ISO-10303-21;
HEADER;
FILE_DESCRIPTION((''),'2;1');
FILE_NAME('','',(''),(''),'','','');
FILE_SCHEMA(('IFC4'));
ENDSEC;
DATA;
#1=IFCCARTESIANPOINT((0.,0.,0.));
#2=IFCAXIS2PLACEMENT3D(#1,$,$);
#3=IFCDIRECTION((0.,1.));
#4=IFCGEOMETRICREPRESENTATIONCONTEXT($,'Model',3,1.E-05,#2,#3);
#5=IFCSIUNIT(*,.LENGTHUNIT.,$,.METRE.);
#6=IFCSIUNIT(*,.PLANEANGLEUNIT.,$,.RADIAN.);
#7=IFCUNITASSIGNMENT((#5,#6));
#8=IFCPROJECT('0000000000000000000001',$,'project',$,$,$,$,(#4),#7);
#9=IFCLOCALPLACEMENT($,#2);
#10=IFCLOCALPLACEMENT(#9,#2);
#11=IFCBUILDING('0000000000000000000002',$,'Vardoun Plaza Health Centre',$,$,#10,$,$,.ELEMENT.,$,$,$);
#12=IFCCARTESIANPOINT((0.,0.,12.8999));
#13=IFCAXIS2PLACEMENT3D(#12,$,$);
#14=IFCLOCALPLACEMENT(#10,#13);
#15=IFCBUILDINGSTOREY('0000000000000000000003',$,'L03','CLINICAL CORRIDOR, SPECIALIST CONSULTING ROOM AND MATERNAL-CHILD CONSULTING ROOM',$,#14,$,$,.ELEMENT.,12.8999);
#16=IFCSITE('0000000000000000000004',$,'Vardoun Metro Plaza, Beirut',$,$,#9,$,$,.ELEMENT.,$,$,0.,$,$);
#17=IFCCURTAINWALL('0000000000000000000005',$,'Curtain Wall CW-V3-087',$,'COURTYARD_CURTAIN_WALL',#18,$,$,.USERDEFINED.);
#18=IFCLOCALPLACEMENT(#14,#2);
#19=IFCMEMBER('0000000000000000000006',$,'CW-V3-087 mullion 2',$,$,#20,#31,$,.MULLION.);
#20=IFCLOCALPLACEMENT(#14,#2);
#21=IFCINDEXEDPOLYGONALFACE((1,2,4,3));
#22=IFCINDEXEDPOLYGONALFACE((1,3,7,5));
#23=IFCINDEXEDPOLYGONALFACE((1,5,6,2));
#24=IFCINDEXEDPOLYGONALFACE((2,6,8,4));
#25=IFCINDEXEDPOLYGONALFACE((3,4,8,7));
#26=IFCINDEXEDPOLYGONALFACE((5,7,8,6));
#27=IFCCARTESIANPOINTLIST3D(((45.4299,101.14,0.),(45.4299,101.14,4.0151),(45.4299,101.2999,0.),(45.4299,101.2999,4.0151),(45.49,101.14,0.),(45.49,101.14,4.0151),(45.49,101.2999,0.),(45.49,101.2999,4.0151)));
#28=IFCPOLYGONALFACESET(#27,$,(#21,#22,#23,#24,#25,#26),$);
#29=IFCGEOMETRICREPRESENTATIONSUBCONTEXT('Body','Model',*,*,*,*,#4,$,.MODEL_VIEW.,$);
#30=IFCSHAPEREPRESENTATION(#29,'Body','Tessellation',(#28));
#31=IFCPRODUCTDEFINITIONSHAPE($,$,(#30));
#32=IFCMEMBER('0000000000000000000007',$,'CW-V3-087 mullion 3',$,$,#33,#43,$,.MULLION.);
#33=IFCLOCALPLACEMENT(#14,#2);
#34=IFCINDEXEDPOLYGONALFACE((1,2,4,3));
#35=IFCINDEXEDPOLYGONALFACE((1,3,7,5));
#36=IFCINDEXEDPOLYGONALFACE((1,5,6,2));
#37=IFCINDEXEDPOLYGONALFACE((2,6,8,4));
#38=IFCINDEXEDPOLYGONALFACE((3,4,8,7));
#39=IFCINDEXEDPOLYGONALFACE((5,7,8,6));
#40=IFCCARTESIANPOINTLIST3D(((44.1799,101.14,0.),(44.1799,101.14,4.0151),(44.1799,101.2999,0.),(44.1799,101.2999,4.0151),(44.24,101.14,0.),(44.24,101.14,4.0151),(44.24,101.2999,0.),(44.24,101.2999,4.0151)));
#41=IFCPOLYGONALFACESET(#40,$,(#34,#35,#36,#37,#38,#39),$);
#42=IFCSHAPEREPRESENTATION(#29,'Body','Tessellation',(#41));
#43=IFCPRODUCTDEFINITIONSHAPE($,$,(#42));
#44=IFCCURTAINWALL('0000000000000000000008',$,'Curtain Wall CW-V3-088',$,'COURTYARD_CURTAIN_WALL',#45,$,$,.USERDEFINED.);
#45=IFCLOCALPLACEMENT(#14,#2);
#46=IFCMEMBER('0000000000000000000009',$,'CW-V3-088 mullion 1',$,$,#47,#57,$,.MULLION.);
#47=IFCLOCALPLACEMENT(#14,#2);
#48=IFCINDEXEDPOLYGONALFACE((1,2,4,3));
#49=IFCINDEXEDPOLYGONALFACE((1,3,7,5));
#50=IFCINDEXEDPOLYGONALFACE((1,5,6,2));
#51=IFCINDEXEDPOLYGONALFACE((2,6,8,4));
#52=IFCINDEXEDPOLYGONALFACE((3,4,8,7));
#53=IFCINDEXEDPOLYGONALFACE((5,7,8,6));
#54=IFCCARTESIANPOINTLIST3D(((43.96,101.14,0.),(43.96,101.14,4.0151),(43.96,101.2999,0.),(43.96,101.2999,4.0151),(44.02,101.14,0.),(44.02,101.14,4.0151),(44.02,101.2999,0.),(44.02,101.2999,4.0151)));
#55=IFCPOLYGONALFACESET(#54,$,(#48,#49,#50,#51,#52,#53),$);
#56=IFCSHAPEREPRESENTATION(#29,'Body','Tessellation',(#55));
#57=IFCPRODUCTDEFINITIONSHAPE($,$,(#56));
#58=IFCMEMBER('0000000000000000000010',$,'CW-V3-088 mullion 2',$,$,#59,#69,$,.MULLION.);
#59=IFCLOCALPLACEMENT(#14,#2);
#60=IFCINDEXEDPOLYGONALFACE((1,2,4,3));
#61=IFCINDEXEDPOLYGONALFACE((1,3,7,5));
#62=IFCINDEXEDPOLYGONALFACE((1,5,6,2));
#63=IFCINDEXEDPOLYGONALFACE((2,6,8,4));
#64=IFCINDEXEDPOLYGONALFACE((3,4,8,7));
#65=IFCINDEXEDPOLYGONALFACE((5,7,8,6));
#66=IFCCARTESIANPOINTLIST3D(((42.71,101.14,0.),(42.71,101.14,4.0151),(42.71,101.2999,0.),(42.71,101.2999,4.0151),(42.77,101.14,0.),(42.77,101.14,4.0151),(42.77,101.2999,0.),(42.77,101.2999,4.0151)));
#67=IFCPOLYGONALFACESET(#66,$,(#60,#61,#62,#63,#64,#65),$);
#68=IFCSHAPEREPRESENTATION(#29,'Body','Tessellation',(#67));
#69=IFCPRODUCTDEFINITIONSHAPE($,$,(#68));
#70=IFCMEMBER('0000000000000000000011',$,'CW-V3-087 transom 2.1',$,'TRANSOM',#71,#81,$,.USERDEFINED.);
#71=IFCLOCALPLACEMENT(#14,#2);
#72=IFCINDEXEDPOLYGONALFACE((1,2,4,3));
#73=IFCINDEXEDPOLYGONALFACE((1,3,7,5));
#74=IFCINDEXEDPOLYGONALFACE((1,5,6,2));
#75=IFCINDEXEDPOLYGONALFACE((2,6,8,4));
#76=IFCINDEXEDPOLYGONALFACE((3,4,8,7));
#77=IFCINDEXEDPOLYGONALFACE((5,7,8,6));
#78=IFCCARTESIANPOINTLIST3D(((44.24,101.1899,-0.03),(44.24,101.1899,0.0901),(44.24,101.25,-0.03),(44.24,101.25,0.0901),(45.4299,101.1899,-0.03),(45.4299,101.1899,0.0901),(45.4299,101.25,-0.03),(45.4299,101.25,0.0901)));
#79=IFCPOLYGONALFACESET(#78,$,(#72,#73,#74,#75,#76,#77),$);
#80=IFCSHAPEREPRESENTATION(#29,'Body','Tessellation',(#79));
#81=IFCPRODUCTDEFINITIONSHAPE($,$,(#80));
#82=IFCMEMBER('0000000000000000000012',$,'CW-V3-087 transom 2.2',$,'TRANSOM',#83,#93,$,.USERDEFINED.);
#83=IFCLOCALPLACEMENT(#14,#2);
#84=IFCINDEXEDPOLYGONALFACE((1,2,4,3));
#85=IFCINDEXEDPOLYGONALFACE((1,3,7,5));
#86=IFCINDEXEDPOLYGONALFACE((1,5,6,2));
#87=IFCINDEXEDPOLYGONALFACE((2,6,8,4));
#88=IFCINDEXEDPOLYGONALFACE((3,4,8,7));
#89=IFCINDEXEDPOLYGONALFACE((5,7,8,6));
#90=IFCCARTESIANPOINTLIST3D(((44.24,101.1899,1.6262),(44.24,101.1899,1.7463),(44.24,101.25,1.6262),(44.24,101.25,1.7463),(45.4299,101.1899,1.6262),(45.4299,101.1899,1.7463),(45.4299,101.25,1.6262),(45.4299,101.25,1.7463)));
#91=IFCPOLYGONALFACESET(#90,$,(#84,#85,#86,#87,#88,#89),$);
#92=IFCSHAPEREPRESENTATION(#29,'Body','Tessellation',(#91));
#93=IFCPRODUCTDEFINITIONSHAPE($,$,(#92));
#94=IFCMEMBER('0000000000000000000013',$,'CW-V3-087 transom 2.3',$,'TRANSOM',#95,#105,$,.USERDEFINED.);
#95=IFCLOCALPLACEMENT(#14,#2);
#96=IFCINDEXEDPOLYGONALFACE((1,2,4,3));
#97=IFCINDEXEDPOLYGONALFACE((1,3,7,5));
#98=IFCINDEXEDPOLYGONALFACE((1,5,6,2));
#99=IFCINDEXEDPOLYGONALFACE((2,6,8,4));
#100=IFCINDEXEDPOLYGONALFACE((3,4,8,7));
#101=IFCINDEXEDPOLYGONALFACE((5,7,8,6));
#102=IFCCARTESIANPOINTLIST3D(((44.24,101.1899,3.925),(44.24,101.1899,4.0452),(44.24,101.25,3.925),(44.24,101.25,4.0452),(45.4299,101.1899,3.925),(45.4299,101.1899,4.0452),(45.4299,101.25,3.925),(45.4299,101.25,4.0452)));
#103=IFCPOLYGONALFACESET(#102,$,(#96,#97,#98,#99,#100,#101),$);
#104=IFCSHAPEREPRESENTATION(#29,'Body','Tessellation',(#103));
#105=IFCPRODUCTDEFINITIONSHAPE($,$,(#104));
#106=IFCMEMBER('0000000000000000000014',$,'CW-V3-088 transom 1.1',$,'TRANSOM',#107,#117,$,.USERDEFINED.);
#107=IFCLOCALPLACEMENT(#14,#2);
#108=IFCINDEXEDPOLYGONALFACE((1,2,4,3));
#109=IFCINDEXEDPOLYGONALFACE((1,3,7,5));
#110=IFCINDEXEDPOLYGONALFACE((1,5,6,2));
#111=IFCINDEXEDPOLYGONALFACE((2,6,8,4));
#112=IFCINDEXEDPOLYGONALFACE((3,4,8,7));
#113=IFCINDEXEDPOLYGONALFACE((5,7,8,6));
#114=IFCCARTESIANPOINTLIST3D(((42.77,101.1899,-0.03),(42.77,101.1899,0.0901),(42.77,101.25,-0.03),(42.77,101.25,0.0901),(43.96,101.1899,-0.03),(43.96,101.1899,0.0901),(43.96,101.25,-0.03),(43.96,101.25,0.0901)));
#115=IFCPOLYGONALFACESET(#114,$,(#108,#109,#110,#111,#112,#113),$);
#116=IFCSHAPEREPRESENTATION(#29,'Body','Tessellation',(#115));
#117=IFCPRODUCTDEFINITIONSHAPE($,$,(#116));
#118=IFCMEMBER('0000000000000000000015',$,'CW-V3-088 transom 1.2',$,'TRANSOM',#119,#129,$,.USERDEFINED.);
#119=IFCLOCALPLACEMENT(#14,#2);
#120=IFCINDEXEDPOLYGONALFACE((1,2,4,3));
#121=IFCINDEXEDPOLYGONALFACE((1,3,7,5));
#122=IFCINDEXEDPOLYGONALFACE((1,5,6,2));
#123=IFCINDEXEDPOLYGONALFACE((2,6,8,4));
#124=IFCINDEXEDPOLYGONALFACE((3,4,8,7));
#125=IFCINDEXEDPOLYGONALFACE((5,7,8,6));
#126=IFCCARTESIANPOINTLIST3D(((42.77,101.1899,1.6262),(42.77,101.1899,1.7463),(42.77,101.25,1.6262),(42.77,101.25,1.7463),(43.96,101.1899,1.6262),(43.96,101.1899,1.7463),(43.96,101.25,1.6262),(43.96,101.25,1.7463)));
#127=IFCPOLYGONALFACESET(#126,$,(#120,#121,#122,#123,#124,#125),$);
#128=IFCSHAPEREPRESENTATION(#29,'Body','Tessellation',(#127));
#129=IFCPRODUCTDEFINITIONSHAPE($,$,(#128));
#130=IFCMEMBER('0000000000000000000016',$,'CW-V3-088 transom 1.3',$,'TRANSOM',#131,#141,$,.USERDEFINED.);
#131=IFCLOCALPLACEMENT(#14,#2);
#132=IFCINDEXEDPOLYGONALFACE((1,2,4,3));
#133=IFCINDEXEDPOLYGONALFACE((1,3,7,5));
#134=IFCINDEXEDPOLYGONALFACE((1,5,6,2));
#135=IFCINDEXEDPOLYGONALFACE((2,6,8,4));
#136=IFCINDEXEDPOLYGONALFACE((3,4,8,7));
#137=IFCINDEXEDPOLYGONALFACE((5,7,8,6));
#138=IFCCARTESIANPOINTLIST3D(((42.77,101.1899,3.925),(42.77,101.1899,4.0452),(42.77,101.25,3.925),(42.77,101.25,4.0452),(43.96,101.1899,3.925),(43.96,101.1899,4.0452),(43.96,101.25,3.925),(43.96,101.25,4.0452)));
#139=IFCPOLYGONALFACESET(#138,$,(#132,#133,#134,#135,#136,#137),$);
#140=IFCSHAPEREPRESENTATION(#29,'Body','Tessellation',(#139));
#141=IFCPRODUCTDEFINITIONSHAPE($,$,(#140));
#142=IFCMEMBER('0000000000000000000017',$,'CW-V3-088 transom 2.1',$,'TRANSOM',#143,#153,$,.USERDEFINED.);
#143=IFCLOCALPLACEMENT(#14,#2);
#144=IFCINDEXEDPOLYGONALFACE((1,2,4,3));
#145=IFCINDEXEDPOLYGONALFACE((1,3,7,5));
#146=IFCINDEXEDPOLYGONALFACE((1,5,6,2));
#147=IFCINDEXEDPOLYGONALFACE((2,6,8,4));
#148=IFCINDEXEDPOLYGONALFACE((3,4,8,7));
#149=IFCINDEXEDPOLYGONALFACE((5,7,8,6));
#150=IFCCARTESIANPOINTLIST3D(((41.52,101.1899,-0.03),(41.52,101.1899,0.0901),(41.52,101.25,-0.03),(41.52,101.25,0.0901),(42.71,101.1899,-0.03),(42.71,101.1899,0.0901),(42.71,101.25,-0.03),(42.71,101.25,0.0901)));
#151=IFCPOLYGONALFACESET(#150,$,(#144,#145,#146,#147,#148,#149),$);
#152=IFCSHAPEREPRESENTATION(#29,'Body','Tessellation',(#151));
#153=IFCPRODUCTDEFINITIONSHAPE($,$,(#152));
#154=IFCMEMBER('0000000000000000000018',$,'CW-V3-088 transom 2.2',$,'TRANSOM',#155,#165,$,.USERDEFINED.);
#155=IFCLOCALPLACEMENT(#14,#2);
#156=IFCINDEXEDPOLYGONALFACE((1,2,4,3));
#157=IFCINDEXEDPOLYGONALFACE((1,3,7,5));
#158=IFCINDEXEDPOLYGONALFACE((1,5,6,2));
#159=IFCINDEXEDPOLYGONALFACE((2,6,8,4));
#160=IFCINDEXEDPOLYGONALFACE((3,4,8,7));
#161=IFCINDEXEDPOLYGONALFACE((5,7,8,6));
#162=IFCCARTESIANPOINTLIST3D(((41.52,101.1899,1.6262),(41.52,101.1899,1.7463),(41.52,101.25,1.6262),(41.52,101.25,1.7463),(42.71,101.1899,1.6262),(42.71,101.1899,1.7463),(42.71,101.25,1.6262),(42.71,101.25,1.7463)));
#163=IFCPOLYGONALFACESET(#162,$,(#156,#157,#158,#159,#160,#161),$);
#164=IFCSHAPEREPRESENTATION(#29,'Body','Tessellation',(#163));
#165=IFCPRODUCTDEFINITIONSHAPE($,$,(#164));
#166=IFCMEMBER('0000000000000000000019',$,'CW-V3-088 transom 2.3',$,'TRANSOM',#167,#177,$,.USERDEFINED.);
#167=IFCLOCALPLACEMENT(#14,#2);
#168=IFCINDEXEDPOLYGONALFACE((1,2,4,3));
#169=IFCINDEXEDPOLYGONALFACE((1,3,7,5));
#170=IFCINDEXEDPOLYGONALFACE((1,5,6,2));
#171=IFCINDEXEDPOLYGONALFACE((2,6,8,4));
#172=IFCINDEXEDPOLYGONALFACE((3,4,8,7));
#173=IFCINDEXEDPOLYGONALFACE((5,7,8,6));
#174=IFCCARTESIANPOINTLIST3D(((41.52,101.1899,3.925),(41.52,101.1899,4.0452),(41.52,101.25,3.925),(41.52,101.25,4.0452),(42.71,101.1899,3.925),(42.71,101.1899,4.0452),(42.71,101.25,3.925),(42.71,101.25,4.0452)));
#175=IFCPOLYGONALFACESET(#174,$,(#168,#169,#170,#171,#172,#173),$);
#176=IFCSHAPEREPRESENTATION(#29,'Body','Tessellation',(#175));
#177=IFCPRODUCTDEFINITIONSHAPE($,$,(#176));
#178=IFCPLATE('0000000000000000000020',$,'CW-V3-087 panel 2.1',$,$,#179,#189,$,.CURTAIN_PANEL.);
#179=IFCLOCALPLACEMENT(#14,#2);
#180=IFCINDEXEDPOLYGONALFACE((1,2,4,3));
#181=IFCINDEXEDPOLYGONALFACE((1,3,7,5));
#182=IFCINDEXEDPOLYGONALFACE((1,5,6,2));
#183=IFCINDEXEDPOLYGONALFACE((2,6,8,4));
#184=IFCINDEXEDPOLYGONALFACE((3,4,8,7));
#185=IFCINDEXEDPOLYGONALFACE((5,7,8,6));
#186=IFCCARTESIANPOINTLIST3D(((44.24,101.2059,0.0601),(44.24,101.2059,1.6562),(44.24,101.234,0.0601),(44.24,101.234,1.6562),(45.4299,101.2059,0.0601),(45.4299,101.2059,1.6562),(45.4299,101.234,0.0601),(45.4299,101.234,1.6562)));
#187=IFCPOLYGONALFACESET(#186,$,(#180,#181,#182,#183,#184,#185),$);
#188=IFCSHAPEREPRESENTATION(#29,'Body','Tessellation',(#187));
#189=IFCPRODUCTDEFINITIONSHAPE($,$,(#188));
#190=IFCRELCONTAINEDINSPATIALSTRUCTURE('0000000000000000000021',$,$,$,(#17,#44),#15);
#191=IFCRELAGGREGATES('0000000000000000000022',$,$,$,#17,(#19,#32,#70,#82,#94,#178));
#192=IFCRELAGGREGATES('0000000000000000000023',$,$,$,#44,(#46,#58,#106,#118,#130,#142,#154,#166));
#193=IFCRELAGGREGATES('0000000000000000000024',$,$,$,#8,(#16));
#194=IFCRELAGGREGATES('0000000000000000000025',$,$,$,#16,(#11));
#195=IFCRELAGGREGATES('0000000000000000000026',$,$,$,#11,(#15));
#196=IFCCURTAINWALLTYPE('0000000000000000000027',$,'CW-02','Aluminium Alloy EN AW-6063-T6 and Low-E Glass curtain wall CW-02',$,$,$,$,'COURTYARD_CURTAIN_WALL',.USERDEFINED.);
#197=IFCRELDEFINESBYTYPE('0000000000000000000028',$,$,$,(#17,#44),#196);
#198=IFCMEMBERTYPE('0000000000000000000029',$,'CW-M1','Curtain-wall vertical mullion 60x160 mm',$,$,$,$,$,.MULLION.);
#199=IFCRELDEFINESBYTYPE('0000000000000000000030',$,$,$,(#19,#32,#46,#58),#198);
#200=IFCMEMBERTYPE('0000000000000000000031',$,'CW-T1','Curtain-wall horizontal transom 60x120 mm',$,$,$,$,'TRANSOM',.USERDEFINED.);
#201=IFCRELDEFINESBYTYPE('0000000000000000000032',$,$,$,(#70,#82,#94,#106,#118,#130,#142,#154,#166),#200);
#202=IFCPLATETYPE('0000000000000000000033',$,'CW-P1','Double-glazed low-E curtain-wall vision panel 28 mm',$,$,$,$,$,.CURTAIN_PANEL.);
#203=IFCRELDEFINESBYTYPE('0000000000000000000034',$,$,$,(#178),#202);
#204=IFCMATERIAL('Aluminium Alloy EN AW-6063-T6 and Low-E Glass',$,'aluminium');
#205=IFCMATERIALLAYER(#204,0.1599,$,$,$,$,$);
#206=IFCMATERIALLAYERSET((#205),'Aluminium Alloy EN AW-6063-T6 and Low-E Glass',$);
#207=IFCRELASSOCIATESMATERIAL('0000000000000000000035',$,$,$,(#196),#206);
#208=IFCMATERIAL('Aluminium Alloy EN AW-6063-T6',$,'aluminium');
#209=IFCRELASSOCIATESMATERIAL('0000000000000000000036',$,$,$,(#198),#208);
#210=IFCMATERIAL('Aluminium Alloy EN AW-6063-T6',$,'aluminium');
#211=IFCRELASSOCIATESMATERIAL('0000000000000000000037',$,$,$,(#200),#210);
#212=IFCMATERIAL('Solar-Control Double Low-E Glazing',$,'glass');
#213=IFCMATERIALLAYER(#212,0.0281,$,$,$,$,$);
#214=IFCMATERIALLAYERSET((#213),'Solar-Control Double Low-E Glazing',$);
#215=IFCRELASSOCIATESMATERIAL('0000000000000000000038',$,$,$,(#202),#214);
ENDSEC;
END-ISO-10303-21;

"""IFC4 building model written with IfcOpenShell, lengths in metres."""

from ifc_helpers import new_model, si_unit, direction, frame, origin, origin_2d, place, context, subcontext, project, spatial, rectangle, extrude, material, layer, layer_set, material_profile, profile_set, type_object, element, aggregate, save


model = new_model("IFC4")

# Units and contexts
model_context = context("Model", 3, precision=1e-05, world=origin(), true_north=direction((0.0, 1.0)))
body_context = subcontext(model_context, "Body", "Model", "MODEL_VIEW")
ifc_project = project(units=[si_unit("LENGTHUNIT", "METRE"), si_unit("PLANEANGLEUNIT", "RADIAN")], contexts=[model_context])

# Site, building, storey
site_placement = place(None, origin())
site = spatial("IfcSite", under=ifc_project, at=site_placement, Name="Vardoun Metro Plaza, Beirut", CompositionType="ELEMENT", RefElevation=0.0)
building_placement = place(site_placement, origin())
building = spatial("IfcBuilding", under=site, at=building_placement, Name="Vardoun Plaza Health Centre", CompositionType="ELEMENT")
storey_placement = place(building_placement, frame((0.0, 0.0, 12.8999)))
storey = spatial("IfcBuildingStorey", under=building, at=storey_placement, Name="L03", Description="CLINICAL CORRIDOR, SPECIALIST CONSULTING ROOM AND MATERNAL-CHILD CONSULTING ROOM", CompositionType="ELEMENT", Elevation=12.8999)

# Curtain walls, members
ifc_material_1 = material(Name="Aluminium Alloy EN AW-6063-T6 and Low-E Glass", Category="aluminium")
ifc_layer_1 = layer(ifc_material_1, 0.1599)
ifc_layer_set_1 = layer_set([ifc_layer_1], Name="Aluminium Alloy EN AW-6063-T6 and Low-E Glass")
curtain_wall_type = type_object("IfcCurtainWallType", Name="CW-02", Description="Aluminium Alloy EN AW-6063-T6 and Low-E Glass curtain wall CW-02", ElementType="COURTYARD_CURTAIN_WALL", PredefinedType="USERDEFINED", material=ifc_layer_set_1)
curtain_wall_1_placement = place(storey_placement, origin())
curtain_wall_1 = element("IfcCurtainWall", 1, at=curtain_wall_1_placement, inside=storey, type_object=curtain_wall_type, Name="Curtain Wall CW-V3-087", ObjectType="COURTYARD_CURTAIN_WALL", PredefinedType="USERDEFINED")
ifc_material_2 = material(Name="Aluminium Alloy EN AW-6063-T6", Category="aluminium")
ifc_material_profile_1 = material_profile(ifc_material_2, rectangle(XDim=0.1599, YDim=0.0601, at=origin_2d()), Name="CWM 60x160")
ifc_profile_set_1 = profile_set([ifc_material_profile_1], Name="Aluminium Alloy EN AW-6063-T6")
member_type_1 = type_object("IfcMemberType", Name="CW-M1", Description="Curtain-wall vertical mullion 60x160 mm", PredefinedType="MULLION", material=ifc_profile_set_1)
member_1_placement = place(storey_placement, frame((45.46, 101.22, 0.0), z_axis=(0.0, 0.0, 1.0), x_axis=(0.0, -1.0, 0.0)))
member_1 = element("IfcMember", 2, at=member_1_placement, type_object=member_type_1, Name="CW-V3-087 mullion 2", PredefinedType="MULLION", context=body_context, shape_type="SweptSolid", body=[
    extrude(rectangle(XDim=0.1599, YDim=0.0601, at=origin_2d()), origin(), (0.0, 0.0, 1.0), 4.0151),
])
member_2_placement = place(storey_placement, frame((44.21, 101.22, 0.0), z_axis=(0.0, 0.0, 1.0), x_axis=(0.0, -1.0, 0.0)))
member_2 = element("IfcMember", 3, at=member_2_placement, type_object=member_type_1, Name="CW-V3-087 mullion 3", PredefinedType="MULLION", context=body_context, shape_type="SweptSolid", body=[
    extrude(rectangle(XDim=0.1599, YDim=0.0601, at=origin_2d()), origin(), (0.0, 0.0, 1.0), 4.0151),
])
curtain_wall_2_placement = place(storey_placement, origin())
curtain_wall_2 = element("IfcCurtainWall", 4, at=curtain_wall_2_placement, inside=storey, type_object=curtain_wall_type, Name="Curtain Wall CW-V3-088", ObjectType="COURTYARD_CURTAIN_WALL", PredefinedType="USERDEFINED")
member_3_placement = place(storey_placement, frame((43.99, 101.22, 0.0), z_axis=(0.0, 0.0, 1.0), x_axis=(0.0, -1.0, 0.0)))
member_3 = element("IfcMember", 5, at=member_3_placement, type_object=member_type_1, Name="CW-V3-088 mullion 1", PredefinedType="MULLION", context=body_context, shape_type="SweptSolid", body=[
    extrude(rectangle(XDim=0.1599, YDim=0.0601, at=origin_2d()), origin(), (0.0, 0.0, 1.0), 4.0151),
])
member_4_placement = place(storey_placement, frame((42.74, 101.22, 0.0), z_axis=(0.0, 0.0, 1.0), x_axis=(0.0, -1.0, 0.0)))
member_4 = element("IfcMember", 6, at=member_4_placement, type_object=member_type_1, Name="CW-V3-088 mullion 2", PredefinedType="MULLION", context=body_context, shape_type="SweptSolid", body=[
    extrude(rectangle(XDim=0.1599, YDim=0.0601, at=origin_2d()), origin(), (0.0, 0.0, 1.0), 4.0151),
])

# Members
ifc_material_3 = material(Name="Aluminium Alloy EN AW-6063-T6", Category="aluminium")
ifc_material_profile_2 = material_profile(ifc_material_3, rectangle(XDim=0.0601, YDim=0.1201, at=origin_2d()), Name="CWT 60x120")
ifc_profile_set_2 = profile_set([ifc_material_profile_2], Name="Aluminium Alloy EN AW-6063-T6")
member_type_2 = type_object("IfcMemberType", Name="CW-T1", Description="Curtain-wall horizontal transom 60x120 mm", ElementType="TRANSOM", PredefinedType="USERDEFINED", material=ifc_profile_set_2)
member_5_placement = place(storey_placement, frame((45.4299, 101.22, 0.03), z_axis=(-1.0, 0.0, 0.0), x_axis=(0.0, -1.0, 0.0)))
member_5 = element("IfcMember", 7, at=member_5_placement, type_object=member_type_2, Name="CW-V3-087 transom 2.1", ObjectType="TRANSOM", PredefinedType="USERDEFINED", context=body_context, shape_type="SweptSolid", body=[
    extrude(rectangle(XDim=0.0601, YDim=0.1201, at=origin_2d()), origin(), (0.0, 0.0, 1.0), 1.1899),
])
member_6_placement = place(storey_placement, frame((45.4299, 101.22, 1.6863), z_axis=(-1.0, 0.0, 0.0), x_axis=(0.0, -1.0, 0.0)))
member_6 = element("IfcMember", 8, at=member_6_placement, type_object=member_type_2, Name="CW-V3-087 transom 2.2", ObjectType="TRANSOM", PredefinedType="USERDEFINED", context=body_context, shape_type="SweptSolid", body=[
    extrude(rectangle(XDim=0.0601, YDim=0.1201, at=origin_2d()), origin(), (0.0, 0.0, 1.0), 1.1899),
])
member_7_placement = place(storey_placement, frame((45.4299, 101.22, 3.9851), z_axis=(-1.0, 0.0, 0.0), x_axis=(0.0, -1.0, 0.0)))
member_7 = element("IfcMember", 9, at=member_7_placement, type_object=member_type_2, Name="CW-V3-087 transom 2.3", ObjectType="TRANSOM", PredefinedType="USERDEFINED", context=body_context, shape_type="SweptSolid", body=[
    extrude(rectangle(XDim=0.0601, YDim=0.1201, at=origin_2d()), origin(), (0.0, 0.0, 1.0), 1.1899),
])
member_8_placement = place(storey_placement, frame((43.96, 101.22, 0.03), z_axis=(-1.0, 0.0, 0.0), x_axis=(0.0, -1.0, 0.0)))
member_8 = element("IfcMember", 10, at=member_8_placement, type_object=member_type_2, Name="CW-V3-088 transom 1.1", ObjectType="TRANSOM", PredefinedType="USERDEFINED", context=body_context, shape_type="SweptSolid", body=[
    extrude(rectangle(XDim=0.0601, YDim=0.1201, at=origin_2d()), origin(), (0.0, 0.0, 1.0), 1.1899),
])
member_9_placement = place(storey_placement, frame((43.96, 101.22, 1.6863), z_axis=(-1.0, 0.0, 0.0), x_axis=(0.0, -1.0, 0.0)))
member_9 = element("IfcMember", 11, at=member_9_placement, type_object=member_type_2, Name="CW-V3-088 transom 1.2", ObjectType="TRANSOM", PredefinedType="USERDEFINED", context=body_context, shape_type="SweptSolid", body=[
    extrude(rectangle(XDim=0.0601, YDim=0.1201, at=origin_2d()), origin(), (0.0, 0.0, 1.0), 1.1899),
])
member_10_placement = place(storey_placement, frame((43.96, 101.22, 3.9851), z_axis=(-1.0, 0.0, 0.0), x_axis=(0.0, -1.0, 0.0)))
member_10 = element("IfcMember", 12, at=member_10_placement, type_object=member_type_2, Name="CW-V3-088 transom 1.3", ObjectType="TRANSOM", PredefinedType="USERDEFINED", context=body_context, shape_type="SweptSolid", body=[
    extrude(rectangle(XDim=0.0601, YDim=0.1201, at=origin_2d()), origin(), (0.0, 0.0, 1.0), 1.1899),
])
member_11_placement = place(storey_placement, frame((42.71, 101.22, 0.03), z_axis=(-1.0, 0.0, 0.0), x_axis=(0.0, -1.0, 0.0)))
member_11 = element("IfcMember", 13, at=member_11_placement, type_object=member_type_2, Name="CW-V3-088 transom 2.1", ObjectType="TRANSOM", PredefinedType="USERDEFINED", context=body_context, shape_type="SweptSolid", body=[
    extrude(rectangle(XDim=0.0601, YDim=0.1201, at=origin_2d()), origin(), (0.0, 0.0, 1.0), 1.1899),
])
member_12_placement = place(storey_placement, frame((42.71, 101.22, 1.6863), z_axis=(-1.0, 0.0, 0.0), x_axis=(0.0, -1.0, 0.0)))
member_12 = element("IfcMember", 14, at=member_12_placement, type_object=member_type_2, Name="CW-V3-088 transom 2.2", ObjectType="TRANSOM", PredefinedType="USERDEFINED", context=body_context, shape_type="SweptSolid", body=[
    extrude(rectangle(XDim=0.0601, YDim=0.1201, at=origin_2d()), origin(), (0.0, 0.0, 1.0), 1.1899),
])
member_13_placement = place(storey_placement, frame((42.71, 101.22, 3.9851), z_axis=(-1.0, 0.0, 0.0), x_axis=(0.0, -1.0, 0.0)))
member_13 = element("IfcMember", 15, at=member_13_placement, type_object=member_type_2, Name="CW-V3-088 transom 2.3", ObjectType="TRANSOM", PredefinedType="USERDEFINED", context=body_context, shape_type="SweptSolid", body=[
    extrude(rectangle(XDim=0.0601, YDim=0.1201, at=origin_2d()), origin(), (0.0, 0.0, 1.0), 1.1899),
])

# Plate
ifc_material_4 = material(Name="Solar-Control Double Low-E Glazing", Category="glass")
ifc_layer_2 = layer(ifc_material_4, 0.0281)
ifc_layer_set_2 = layer_set([ifc_layer_2], Name="Solar-Control Double Low-E Glazing")
plate_type = type_object("IfcPlateType", Name="CW-P1", Description="Double-glazed low-E curtain-wall vision panel 28 mm", PredefinedType="CURTAIN_PANEL", material=ifc_layer_set_2)
plate_1_placement = place(storey_placement, frame((44.835, 101.22, 0.0601), z_axis=(0.0, 0.0, 1.0), x_axis=(-1.0, 0.0, 0.0)))
plate_1 = element("IfcPlate", 16, at=plate_1_placement, type_object=plate_type, Name="CW-V3-087 panel 2.1", PredefinedType="CURTAIN_PANEL", context=body_context, shape_type="SweptSolid", body=[
    extrude(rectangle(XDim=1.1899, YDim=0.0281, at=origin_2d()), origin(), (0.0, 0.0, 1.0), 1.5962),
])
aggregate(curtain_wall_1, [member_1, member_2, member_5, member_6, member_7, plate_1])
aggregate(curtain_wall_2, [member_3, member_4, member_8, member_9, member_10, member_11, member_12, member_13])

save(model, "model.ifc")
